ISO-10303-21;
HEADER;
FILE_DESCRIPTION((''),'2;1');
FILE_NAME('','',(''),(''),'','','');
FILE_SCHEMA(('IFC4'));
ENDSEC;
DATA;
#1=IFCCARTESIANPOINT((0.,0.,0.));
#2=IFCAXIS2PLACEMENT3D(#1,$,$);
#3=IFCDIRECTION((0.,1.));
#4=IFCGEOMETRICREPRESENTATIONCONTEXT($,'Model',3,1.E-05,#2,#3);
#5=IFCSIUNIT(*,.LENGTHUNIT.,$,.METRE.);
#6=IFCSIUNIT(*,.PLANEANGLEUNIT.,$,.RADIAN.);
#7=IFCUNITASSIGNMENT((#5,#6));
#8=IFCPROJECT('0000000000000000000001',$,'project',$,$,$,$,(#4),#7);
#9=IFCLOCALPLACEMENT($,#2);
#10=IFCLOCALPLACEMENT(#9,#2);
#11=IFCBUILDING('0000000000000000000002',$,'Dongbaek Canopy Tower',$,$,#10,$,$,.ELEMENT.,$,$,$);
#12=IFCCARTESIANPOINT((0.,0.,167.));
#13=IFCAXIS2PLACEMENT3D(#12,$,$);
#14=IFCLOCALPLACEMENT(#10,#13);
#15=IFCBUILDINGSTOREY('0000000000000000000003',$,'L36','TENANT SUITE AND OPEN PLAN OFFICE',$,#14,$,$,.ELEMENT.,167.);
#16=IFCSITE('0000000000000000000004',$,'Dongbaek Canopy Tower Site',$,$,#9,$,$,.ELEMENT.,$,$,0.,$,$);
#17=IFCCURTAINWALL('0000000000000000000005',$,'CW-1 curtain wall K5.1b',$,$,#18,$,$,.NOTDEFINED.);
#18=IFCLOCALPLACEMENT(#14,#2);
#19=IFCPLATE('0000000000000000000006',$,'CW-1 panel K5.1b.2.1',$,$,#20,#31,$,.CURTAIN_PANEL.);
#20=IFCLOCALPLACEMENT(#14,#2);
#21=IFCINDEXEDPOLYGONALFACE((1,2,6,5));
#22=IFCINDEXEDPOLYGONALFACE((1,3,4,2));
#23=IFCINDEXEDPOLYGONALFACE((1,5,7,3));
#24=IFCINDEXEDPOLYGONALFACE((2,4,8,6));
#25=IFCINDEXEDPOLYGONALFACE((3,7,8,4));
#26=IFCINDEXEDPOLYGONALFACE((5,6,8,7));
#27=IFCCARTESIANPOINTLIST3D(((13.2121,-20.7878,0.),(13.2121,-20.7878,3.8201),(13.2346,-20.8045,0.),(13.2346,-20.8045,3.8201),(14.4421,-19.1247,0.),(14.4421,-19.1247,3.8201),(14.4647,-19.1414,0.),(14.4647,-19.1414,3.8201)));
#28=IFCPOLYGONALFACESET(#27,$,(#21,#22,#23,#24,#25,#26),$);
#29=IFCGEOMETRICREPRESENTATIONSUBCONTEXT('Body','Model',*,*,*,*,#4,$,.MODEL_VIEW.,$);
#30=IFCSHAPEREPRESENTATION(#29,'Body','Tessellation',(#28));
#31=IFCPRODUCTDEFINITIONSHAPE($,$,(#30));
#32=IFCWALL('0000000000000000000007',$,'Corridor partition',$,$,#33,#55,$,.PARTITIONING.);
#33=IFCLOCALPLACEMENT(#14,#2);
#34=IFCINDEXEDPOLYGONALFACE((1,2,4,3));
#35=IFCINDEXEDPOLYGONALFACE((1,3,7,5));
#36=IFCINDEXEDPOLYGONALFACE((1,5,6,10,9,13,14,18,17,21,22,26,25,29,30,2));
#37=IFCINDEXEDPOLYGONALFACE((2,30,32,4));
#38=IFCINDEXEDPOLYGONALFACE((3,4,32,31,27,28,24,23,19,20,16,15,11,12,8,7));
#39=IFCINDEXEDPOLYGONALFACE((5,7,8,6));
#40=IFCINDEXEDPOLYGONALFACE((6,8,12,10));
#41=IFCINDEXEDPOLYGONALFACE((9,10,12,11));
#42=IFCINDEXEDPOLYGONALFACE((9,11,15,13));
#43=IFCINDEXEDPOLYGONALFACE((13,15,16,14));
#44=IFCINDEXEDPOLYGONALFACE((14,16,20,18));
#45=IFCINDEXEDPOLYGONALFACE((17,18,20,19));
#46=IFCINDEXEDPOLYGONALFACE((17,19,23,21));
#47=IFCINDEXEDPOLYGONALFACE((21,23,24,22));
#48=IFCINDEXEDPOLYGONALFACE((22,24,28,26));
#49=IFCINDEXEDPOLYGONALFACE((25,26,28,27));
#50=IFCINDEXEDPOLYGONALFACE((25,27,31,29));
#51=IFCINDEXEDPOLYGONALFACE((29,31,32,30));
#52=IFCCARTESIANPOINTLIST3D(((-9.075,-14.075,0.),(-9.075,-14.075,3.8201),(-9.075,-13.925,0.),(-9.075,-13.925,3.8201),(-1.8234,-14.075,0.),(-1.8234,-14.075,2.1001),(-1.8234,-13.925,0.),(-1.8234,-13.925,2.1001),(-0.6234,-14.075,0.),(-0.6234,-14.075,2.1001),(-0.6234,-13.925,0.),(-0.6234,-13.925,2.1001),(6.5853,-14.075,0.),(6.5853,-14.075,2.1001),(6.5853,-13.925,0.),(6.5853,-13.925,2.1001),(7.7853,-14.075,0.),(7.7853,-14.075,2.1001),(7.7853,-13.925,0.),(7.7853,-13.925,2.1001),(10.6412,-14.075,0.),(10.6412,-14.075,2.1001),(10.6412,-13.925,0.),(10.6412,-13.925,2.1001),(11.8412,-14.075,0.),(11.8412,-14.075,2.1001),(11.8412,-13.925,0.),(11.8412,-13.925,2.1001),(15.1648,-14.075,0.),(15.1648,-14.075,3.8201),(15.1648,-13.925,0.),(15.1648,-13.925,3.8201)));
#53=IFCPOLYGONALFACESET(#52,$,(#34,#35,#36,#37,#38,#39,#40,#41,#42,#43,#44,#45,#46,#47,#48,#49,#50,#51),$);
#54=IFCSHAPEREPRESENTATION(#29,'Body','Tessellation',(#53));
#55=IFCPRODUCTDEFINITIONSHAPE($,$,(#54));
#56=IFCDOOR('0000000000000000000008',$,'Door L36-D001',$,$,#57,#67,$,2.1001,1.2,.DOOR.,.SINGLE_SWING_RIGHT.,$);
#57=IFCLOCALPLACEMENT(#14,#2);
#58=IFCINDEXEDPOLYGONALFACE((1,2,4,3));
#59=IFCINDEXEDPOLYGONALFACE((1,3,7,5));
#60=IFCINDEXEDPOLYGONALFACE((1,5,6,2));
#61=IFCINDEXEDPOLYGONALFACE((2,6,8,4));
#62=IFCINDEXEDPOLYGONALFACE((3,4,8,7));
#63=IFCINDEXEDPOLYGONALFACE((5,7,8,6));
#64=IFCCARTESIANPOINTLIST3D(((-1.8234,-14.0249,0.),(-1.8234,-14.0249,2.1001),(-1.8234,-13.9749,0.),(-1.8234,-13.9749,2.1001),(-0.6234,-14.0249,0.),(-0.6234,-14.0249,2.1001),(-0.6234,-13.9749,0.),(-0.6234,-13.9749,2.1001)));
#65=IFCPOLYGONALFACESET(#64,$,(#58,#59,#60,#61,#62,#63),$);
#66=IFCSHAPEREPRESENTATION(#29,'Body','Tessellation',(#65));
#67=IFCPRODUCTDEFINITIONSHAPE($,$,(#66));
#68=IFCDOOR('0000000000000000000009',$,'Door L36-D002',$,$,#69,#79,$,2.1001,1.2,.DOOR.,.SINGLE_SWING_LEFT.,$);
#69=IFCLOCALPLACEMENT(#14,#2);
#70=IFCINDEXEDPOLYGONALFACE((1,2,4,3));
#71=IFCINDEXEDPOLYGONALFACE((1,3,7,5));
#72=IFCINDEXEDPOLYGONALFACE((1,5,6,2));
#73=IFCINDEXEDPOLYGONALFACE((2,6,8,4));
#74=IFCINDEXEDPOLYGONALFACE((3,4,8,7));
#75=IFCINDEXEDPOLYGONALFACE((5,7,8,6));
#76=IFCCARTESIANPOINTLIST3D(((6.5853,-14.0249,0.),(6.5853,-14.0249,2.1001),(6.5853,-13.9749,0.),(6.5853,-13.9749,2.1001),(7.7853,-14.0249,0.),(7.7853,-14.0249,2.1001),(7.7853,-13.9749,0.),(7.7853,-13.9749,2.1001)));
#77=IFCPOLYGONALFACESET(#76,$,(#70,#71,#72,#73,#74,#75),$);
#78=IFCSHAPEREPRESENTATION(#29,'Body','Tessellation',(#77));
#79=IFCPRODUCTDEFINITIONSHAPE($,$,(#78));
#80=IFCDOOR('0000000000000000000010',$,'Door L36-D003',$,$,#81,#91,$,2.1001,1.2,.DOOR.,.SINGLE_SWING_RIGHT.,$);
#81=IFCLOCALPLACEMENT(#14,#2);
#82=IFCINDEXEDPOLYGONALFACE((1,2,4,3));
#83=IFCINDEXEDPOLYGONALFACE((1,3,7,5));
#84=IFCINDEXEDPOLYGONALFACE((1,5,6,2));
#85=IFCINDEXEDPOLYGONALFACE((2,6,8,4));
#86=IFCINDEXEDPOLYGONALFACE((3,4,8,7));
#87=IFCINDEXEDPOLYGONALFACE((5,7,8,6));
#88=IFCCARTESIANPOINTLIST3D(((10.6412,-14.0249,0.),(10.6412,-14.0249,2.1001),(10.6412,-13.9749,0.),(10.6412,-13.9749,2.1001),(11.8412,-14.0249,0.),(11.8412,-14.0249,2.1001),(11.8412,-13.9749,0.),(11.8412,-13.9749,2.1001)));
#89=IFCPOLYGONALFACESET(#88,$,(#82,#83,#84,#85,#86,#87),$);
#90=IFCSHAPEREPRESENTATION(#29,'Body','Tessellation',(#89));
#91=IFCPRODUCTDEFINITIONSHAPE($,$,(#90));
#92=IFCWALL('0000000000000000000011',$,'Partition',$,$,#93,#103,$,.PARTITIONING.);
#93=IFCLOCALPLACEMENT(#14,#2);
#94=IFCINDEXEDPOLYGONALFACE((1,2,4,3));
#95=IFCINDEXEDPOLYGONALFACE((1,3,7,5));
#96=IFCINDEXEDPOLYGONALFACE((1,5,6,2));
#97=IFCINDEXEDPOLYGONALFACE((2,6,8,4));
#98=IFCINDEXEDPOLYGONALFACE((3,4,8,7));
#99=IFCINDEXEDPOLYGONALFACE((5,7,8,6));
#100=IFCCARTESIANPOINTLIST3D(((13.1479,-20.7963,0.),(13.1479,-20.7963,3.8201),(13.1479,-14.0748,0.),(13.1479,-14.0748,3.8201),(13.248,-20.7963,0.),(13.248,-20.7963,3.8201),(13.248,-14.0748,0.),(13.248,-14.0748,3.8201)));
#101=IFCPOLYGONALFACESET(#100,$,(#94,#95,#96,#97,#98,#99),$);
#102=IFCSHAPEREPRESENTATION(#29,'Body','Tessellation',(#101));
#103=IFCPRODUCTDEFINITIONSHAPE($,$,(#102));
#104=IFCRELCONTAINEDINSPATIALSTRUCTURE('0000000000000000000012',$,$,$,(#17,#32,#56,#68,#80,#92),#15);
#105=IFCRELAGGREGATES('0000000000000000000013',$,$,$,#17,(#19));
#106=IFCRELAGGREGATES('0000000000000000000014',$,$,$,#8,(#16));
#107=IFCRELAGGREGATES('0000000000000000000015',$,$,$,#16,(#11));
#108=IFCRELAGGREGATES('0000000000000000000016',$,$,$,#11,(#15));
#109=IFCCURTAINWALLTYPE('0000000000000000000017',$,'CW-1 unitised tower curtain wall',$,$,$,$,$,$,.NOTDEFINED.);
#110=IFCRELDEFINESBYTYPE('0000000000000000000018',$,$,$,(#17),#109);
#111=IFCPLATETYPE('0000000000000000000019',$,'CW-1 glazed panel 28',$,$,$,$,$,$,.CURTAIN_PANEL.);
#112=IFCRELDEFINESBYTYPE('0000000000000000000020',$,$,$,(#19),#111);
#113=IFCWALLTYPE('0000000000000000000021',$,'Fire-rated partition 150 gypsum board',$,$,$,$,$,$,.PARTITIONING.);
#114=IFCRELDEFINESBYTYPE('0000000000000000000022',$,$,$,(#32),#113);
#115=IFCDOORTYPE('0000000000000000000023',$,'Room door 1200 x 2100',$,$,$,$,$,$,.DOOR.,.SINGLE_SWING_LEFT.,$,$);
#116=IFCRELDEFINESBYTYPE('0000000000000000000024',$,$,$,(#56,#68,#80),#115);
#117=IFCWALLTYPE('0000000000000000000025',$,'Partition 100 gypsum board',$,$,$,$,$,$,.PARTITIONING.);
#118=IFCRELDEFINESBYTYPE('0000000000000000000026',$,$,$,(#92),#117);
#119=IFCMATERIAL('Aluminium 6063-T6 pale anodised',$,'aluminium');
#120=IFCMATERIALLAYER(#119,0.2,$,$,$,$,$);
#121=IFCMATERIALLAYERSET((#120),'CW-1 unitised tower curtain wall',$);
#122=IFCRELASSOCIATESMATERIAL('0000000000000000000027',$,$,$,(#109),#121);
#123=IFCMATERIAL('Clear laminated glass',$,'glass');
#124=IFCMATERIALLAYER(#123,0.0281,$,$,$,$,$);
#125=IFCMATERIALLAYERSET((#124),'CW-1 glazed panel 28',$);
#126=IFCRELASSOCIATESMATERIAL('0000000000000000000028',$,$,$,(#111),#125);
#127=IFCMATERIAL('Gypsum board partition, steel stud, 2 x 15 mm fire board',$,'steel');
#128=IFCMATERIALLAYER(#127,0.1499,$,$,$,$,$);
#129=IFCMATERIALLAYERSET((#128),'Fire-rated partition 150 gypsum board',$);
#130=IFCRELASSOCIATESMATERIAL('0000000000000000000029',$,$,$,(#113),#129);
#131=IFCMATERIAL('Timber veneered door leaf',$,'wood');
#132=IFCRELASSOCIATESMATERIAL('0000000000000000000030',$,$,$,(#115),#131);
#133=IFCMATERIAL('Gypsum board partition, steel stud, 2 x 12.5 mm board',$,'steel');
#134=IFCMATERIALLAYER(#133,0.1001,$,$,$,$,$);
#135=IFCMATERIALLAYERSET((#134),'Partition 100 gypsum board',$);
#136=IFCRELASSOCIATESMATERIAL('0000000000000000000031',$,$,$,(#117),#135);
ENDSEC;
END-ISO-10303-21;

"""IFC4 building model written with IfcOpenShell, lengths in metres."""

from ifc_helpers import new_model, si_unit, direction, frame, frame_2d, origin, origin_2d, place, context, subcontext, project, spatial, rectangle, extrude, material, layer, layer_set, type_object, element, fill, aggregate, save


model = new_model("IFC4")

# Units and contexts
model_context = context("Model", 3, precision=1e-05, world=origin(), true_north=direction((0.0, 1.0)))
body_context = subcontext(model_context, "Body", "Model", "MODEL_VIEW")
ifc_project = project(units=[si_unit("LENGTHUNIT", "METRE"), si_unit("PLANEANGLEUNIT", "RADIAN")], contexts=[model_context])

# Site, building, storey
site_placement = place(None, origin())
site = spatial("IfcSite", under=ifc_project, at=site_placement, Name="Dongbaek Canopy Tower Site", CompositionType="ELEMENT", RefElevation=0.0)
building_placement = place(site_placement, origin())
building = spatial("IfcBuilding", under=site, at=building_placement, Name="Dongbaek Canopy Tower", CompositionType="ELEMENT")
storey_placement = place(building_placement, frame((0.0, 0.0, 167.0)))
storey = spatial("IfcBuildingStorey", under=building, at=storey_placement, Name="L36", Description="TENANT SUITE AND OPEN PLAN OFFICE", CompositionType="ELEMENT", Elevation=167.0)

# Shared definitions
ifc_material_1 = material(Name="Aluminium 6063-T6 pale anodised", Category="aluminium")
ifc_layer_1 = layer(ifc_material_1, 0.2)
ifc_layer_set_1 = layer_set([ifc_layer_1], Name="CW-1 unitised tower curtain wall")
curtain_wall_type = type_object("IfcCurtainWallType", Name="CW-1 unitised tower curtain wall", PredefinedType="NOTDEFINED", material=ifc_layer_set_1)

# Curtain wall
curtain_wall_1_placement = place(storey_placement, origin())
curtain_wall_1 = element("IfcCurtainWall", 1, at=curtain_wall_1_placement, inside=storey, type_object=curtain_wall_type, Name="CW-1 curtain wall K5.1b", PredefinedType="NOTDEFINED")

# Plate
ifc_material_2 = material(Name="Clear laminated glass", Category="glass")
ifc_layer_2 = layer(ifc_material_2, 0.0281)
ifc_layer_set_2 = layer_set([ifc_layer_2], Name="CW-1 glazed panel 28")
plate_type = type_object("IfcPlateType", Name="CW-1 glazed panel 28", PredefinedType="CURTAIN_PANEL", material=ifc_layer_set_2)
plate_1_placement = place(storey_placement, frame((13.8384, -19.9646, 0.0), z_axis=(0.0, 0.0, 1.0), x_axis=(0.594631, 0.803999, 0.0)))
plate_1 = element("IfcPlate", 2, at=plate_1_placement, type_object=plate_type, Name="CW-1 panel K5.1b.2.1", PredefinedType="CURTAIN_PANEL", context=body_context, shape_type="SweptSolid", body=[
    extrude(rectangle(XDim=2.0686, YDim=0.0281, at=origin_2d()), origin(), (0.0, 0.0, 1.0), 3.8201),
])
aggregate(curtain_wall_1, [plate_1])

# Wall, openings, doors
ifc_material_3 = material(Name="Gypsum board partition, steel stud, 2 x 15 mm fire board", Category="steel")
ifc_layer_3 = layer(ifc_material_3, 0.1499)
ifc_layer_set_3 = layer_set([ifc_layer_3], Name="Fire-rated partition 150 gypsum board")
wall_type_1 = type_object("IfcWallType", Name="Fire-rated partition 150 gypsum board", PredefinedType="PARTITIONING", material=ifc_layer_set_3)
wall_1_placement = place(storey_placement, frame((15.1648, -14.0, 0.0), z_axis=(0.0, 0.0, 1.0), x_axis=(-1.0, 0.0, 0.0)))
wall_1 = element("IfcWall", 3, at=wall_1_placement, inside=storey, type_object=wall_type_1, Name="Corridor partition", PredefinedType="PARTITIONING", context=body_context, shape_type="SweptSolid", body=[
    extrude(rectangle(XDim=24.2397, YDim=0.1499, at=frame_2d((12.1199, 0.0))), origin(), (0.0, 0.0, 1.0), 3.8201),
])
opening_1_placement = place(wall_1_placement, frame((15.7881, 0.0, 0.0)))
opening_1 = element("IfcOpeningElement", 4, at=opening_1_placement, cuts=wall_1, PredefinedType="OPENING", context=body_context, shape_type="SweptSolid", body=[
    extrude(rectangle(XDim=1.2, YDim=2.1001, at=frame_2d((0.6001, 1.05))), frame((0.0, 0.085, 0.0), z_axis=(0.0, -1.0, 0.0), x_axis=(1.0, 0.0, 0.0)), (0.0, 0.0, 1.0), 0.1699),
])
opening_2_placement = place(wall_1_placement, frame((7.3794, 0.0, 0.0)))
opening_2 = element("IfcOpeningElement", 5, at=opening_2_placement, cuts=wall_1, PredefinedType="OPENING", context=body_context, shape_type="SweptSolid", body=[
    extrude(rectangle(XDim=1.2, YDim=2.1001, at=frame_2d((0.6001, 1.05))), frame((0.0, 0.085, 0.0), z_axis=(0.0, -1.0, 0.0), x_axis=(1.0, 0.0, 0.0)), (0.0, 0.0, 1.0), 0.1699),
])
opening_3_placement = place(wall_1_placement, frame((3.3235, 0.0, 0.0)))
opening_3 = element("IfcOpeningElement", 6, at=opening_3_placement, cuts=wall_1, PredefinedType="OPENING", context=body_context, shape_type="SweptSolid", body=[
    extrude(rectangle(XDim=1.2, YDim=2.1001, at=frame_2d((0.6001, 1.05))), frame((0.0, 0.085, 0.0), z_axis=(0.0, -1.0, 0.0), x_axis=(1.0, 0.0, 0.0)), (0.0, 0.0, 1.0), 0.1699),
])
ifc_material_4 = material(Name="Timber veneered door leaf", Category="wood")
door_type_1 = type_object("IfcDoorType", Name="Room door 1200 x 2100", OperationType="SINGLE_SWING_LEFT", PredefinedType="DOOR", material=ifc_material_4)
door_1_placement = place(opening_1_placement, origin())
door_1 = element("IfcDoor", 7, at=door_1_placement, inside=storey, type_object=door_type_1, Name="Door L36-D001", OperationType="SINGLE_SWING_RIGHT", OverallHeight=2.1001, OverallWidth=1.2, PredefinedType="DOOR", context=body_context, shape_type="SweptSolid", body=[
    extrude(rectangle(XDim=1.2, YDim=2.1001, at=frame_2d((0.6001, 1.05))), frame((0.0, 0.0249, 0.0), z_axis=(0.0, -1.0, 0.0), x_axis=(1.0, 0.0, 0.0)), (0.0, 0.0, 1.0), 0.05),
])
fill(opening_1, door_1)
door_2_placement = place(opening_2_placement, origin())
door_2 = element("IfcDoor", 8, at=door_2_placement, inside=storey, type_object=door_type_1, Name="Door L36-D002", OperationType="SINGLE_SWING_LEFT", OverallHeight=2.1001, OverallWidth=1.2, PredefinedType="DOOR", context=body_context, shape_type="SweptSolid", body=[
    extrude(rectangle(XDim=1.2, YDim=2.1001, at=frame_2d((0.6001, 1.05))), frame((0.0, 0.0249, 0.0), z_axis=(0.0, -1.0, 0.0), x_axis=(1.0, 0.0, 0.0)), (0.0, 0.0, 1.0), 0.05),
])
fill(opening_2, door_2)
door_3_placement = place(opening_3_placement, origin())
door_3 = element("IfcDoor", 9, at=door_3_placement, inside=storey, type_object=door_type_1, Name="Door L36-D003", OperationType="SINGLE_SWING_RIGHT", OverallHeight=2.1001, OverallWidth=1.2, PredefinedType="DOOR", context=body_context, shape_type="SweptSolid", body=[
    extrude(rectangle(XDim=1.2, YDim=2.1001, at=frame_2d((0.6001, 1.05))), frame((0.0, 0.0249, 0.0), z_axis=(0.0, -1.0, 0.0), x_axis=(1.0, 0.0, 0.0)), (0.0, 0.0, 1.0), 0.05),
])
fill(opening_3, door_3)

# Wall
ifc_material_5 = material(Name="Gypsum board partition, steel stud, 2 x 12.5 mm board", Category="steel")
ifc_layer_4 = layer(ifc_material_5, 0.1001)
ifc_layer_set_4 = layer_set([ifc_layer_4], Name="Partition 100 gypsum board")
wall_type_2 = type_object("IfcWallType", Name="Partition 100 gypsum board", PredefinedType="PARTITIONING", material=ifc_layer_set_4)
wall_2_placement = place(storey_placement, frame((13.198, -20.7964, 0.0), z_axis=(0.0, 0.0, 1.0), x_axis=(0.0, 1.0, 0.0)))
element("IfcWall", 10, at=wall_2_placement, inside=storey, type_object=wall_type_2, Name="Partition", PredefinedType="PARTITIONING", context=body_context, shape_type="SweptSolid", body=[
    extrude(rectangle(XDim=6.7214, YDim=0.1001, at=frame_2d((3.3608, 0.0))), origin(), (0.0, 0.0, 1.0), 3.8201),
])

save(model, "model.ifc")
